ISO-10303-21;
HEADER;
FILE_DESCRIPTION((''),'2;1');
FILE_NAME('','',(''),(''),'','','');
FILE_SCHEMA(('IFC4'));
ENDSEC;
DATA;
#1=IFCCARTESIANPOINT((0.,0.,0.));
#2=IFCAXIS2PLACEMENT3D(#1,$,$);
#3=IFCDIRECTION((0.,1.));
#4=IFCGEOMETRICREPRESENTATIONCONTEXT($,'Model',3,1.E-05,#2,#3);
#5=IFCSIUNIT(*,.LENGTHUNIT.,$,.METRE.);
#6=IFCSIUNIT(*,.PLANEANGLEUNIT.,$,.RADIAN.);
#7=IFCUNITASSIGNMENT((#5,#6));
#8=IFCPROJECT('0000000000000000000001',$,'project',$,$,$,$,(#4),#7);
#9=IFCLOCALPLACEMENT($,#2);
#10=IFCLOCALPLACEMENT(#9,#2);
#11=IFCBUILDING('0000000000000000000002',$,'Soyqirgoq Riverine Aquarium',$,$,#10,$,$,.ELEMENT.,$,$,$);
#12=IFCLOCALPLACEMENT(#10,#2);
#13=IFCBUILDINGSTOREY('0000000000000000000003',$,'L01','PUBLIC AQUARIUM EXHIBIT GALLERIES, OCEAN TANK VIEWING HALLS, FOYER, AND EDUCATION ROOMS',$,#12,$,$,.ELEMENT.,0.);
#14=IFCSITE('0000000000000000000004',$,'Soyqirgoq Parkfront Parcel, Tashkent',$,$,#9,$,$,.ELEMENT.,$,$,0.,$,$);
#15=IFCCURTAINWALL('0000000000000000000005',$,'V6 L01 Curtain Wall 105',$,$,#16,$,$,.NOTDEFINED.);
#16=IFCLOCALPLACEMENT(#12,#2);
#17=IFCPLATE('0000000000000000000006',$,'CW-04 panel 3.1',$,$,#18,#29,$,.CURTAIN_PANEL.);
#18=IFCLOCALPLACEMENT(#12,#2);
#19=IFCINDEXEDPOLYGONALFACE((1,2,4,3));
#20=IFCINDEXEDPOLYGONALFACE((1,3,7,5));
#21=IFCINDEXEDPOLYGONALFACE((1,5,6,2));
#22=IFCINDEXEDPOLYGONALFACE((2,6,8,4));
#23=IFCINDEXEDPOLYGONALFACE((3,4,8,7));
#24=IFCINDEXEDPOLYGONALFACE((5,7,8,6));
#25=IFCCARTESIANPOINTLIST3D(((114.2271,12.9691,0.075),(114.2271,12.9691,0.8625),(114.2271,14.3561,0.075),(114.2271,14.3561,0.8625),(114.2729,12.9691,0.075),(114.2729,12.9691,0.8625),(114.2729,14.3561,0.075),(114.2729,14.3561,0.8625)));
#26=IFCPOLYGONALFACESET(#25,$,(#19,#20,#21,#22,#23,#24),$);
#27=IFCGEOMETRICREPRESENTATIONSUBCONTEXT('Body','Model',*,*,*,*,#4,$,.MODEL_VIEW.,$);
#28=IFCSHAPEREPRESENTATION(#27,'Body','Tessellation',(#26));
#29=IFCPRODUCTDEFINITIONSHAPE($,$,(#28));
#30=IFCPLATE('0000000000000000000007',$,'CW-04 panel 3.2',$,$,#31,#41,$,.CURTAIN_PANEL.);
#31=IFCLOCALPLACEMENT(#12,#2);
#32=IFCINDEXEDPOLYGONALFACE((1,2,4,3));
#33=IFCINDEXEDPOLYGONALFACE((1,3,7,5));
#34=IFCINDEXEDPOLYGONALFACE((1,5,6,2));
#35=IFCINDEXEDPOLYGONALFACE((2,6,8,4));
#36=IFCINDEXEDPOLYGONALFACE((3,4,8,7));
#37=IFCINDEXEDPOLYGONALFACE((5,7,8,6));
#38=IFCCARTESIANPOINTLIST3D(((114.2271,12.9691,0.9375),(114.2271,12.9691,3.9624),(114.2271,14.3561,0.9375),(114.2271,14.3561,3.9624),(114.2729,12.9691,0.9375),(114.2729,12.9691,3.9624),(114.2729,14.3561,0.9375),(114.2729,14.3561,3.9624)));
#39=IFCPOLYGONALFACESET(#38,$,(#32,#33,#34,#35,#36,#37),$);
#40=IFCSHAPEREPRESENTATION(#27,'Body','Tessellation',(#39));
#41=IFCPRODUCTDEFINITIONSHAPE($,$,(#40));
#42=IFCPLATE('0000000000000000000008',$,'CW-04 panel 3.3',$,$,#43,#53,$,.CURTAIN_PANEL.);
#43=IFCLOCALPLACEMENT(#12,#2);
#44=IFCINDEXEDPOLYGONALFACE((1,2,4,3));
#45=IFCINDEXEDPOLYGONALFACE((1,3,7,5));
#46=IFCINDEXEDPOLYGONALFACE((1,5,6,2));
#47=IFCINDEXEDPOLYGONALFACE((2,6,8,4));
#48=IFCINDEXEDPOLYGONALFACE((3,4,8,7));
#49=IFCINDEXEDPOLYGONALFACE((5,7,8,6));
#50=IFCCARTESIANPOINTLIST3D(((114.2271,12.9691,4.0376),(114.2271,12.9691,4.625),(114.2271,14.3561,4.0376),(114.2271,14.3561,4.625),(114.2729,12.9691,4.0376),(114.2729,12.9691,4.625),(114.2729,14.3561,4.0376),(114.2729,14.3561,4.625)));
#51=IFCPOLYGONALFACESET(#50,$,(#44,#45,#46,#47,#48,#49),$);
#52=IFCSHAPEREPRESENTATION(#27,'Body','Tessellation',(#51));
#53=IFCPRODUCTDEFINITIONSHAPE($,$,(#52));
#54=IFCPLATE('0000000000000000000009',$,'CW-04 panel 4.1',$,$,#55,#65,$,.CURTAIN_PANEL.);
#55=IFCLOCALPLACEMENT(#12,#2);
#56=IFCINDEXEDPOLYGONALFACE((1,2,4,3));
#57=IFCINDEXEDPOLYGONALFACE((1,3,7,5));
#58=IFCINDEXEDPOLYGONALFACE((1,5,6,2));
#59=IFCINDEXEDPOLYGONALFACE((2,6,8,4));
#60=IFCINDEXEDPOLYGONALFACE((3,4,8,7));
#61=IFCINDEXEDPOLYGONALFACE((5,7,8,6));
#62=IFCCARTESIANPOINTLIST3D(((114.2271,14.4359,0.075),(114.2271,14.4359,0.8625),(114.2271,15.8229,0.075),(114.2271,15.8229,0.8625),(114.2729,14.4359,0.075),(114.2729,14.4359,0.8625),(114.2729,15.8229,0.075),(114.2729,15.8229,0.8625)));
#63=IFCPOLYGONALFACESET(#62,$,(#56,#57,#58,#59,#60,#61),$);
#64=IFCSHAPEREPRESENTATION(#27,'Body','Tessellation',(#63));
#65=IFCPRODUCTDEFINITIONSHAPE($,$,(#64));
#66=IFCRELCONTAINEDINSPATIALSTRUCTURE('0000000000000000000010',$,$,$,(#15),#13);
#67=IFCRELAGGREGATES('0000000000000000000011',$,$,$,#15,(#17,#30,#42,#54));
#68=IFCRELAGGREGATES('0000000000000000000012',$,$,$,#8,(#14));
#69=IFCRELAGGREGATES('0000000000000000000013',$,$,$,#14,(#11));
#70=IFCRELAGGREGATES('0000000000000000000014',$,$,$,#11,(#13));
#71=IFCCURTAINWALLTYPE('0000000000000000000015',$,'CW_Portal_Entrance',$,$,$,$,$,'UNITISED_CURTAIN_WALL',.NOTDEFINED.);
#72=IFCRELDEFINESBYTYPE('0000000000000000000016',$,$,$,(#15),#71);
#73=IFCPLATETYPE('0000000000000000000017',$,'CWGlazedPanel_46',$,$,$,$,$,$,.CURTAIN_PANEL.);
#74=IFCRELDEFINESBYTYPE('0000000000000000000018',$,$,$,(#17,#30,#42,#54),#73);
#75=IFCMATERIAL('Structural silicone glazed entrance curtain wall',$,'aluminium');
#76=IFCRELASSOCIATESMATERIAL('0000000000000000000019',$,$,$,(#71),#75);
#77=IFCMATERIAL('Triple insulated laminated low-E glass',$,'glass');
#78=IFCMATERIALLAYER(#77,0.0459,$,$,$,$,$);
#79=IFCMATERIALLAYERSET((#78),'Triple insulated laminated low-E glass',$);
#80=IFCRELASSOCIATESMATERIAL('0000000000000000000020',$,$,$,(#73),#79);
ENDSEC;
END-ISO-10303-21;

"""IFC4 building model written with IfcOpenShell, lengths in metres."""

from ifc_helpers import new_model, si_unit, direction, frame, origin, origin_2d, place, context, subcontext, project, spatial, rectangle, extrude, material, layer, layer_set, type_object, element, aggregate, save


model = new_model("IFC4")

# Units and contexts
model_context = context("Model", 3, precision=1e-05, world=origin(), true_north=direction((0.0, 1.0)))
body_context = subcontext(model_context, "Body", "Model", "MODEL_VIEW")
ifc_project = project(units=[si_unit("LENGTHUNIT", "METRE"), si_unit("PLANEANGLEUNIT", "RADIAN")], contexts=[model_context])

# Site, building, storey
site_placement = place(None, origin())
site = spatial("IfcSite", under=ifc_project, at=site_placement, Name="Soyqirgoq Parkfront Parcel, Tashkent", CompositionType="ELEMENT", RefElevation=0.0)
building_placement = place(site_placement, origin())
building = spatial("IfcBuilding", under=site, at=building_placement, Name="Soyqirgoq Riverine Aquarium", CompositionType="ELEMENT")
storey_placement = place(building_placement, origin())
storey = spatial("IfcBuildingStorey", under=building, at=storey_placement, Name="L01", Description="PUBLIC AQUARIUM EXHIBIT GALLERIES, OCEAN TANK VIEWING HALLS, FOYER, AND EDUCATION ROOMS", CompositionType="ELEMENT", Elevation=0.0)

# Shared definitions
ifc_material_1 = material(Name="Structural silicone glazed entrance curtain wall", Category="aluminium")
curtain_wall_type = type_object("IfcCurtainWallType", Name="CW_Portal_Entrance", ElementType="UNITISED_CURTAIN_WALL", PredefinedType="NOTDEFINED", material=ifc_material_1)

# Curtain wall
curtain_wall_1_placement = place(storey_placement, origin())
curtain_wall_1 = element("IfcCurtainWall", 1, at=curtain_wall_1_placement, inside=storey, type_object=curtain_wall_type, Name="V6 L01 Curtain Wall 105", PredefinedType="NOTDEFINED")

# Plates
ifc_material_2 = material(Name="Triple insulated laminated low-E glass", Category="glass")
ifc_layer = layer(ifc_material_2, 0.0459)
ifc_layer_set = layer_set([ifc_layer], Name="Triple insulated laminated low-E glass")
plate_type = type_object("IfcPlateType", Name="CWGlazedPanel_46", PredefinedType="CURTAIN_PANEL", material=ifc_layer_set)
plate_1_placement = place(storey_placement, frame((114.25, 13.6626, 0.075), z_axis=(0.0, 0.0, 1.0), x_axis=(0.0, 1.0, 0.0)))
plate_1 = element("IfcPlate", 2, at=plate_1_placement, type_object=plate_type, Name="CW-04 panel 3.1", PredefinedType="CURTAIN_PANEL", context=body_context, shape_type="SweptSolid", body=[
    extrude(rectangle(XDim=1.387, YDim=0.0459, at=origin_2d()), origin(), (0.0, 0.0, 1.0), 0.7876),
])
plate_2_placement = place(storey_placement, frame((114.25, 13.6626, 0.9375), z_axis=(0.0, 0.0, 1.0), x_axis=(0.0, 1.0, 0.0)))
plate_2 = element("IfcPlate", 3, at=plate_2_placement, type_object=plate_type, Name="CW-04 panel 3.2", PredefinedType="CURTAIN_PANEL", context=body_context, shape_type="SweptSolid", body=[
    extrude(rectangle(XDim=1.387, YDim=0.0459, at=origin_2d()), origin(), (0.0, 0.0, 1.0), 3.0249),
])
plate_3_placement = place(storey_placement, frame((114.25, 13.6626, 4.0376), z_axis=(0.0, 0.0, 1.0), x_axis=(0.0, 1.0, 0.0)))
plate_3 = element("IfcPlate", 4, at=plate_3_placement, type_object=plate_type, Name="CW-04 panel 3.3", PredefinedType="CURTAIN_PANEL", context=body_context, shape_type="SweptSolid", body=[
    extrude(rectangle(XDim=1.387, YDim=0.0459, at=origin_2d()), origin(), (0.0, 0.0, 1.0), 0.5874),
])
plate_4_placement = place(storey_placement, frame((114.25, 15.1294, 0.075), z_axis=(0.0, 0.0, 1.0), x_axis=(0.0, 1.0, 0.0)))
plate_4 = element("IfcPlate", 5, at=plate_4_placement, type_object=plate_type, Name="CW-04 panel 4.1", PredefinedType="CURTAIN_PANEL", context=body_context, shape_type="SweptSolid", body=[
    extrude(rectangle(XDim=1.387, YDim=0.0459, at=origin_2d()), origin(), (0.0, 0.0, 1.0), 0.7876),
])
aggregate(curtain_wall_1, [plate_1, plate_2, plate_3, plate_4])

save(model, "model.ifc")
